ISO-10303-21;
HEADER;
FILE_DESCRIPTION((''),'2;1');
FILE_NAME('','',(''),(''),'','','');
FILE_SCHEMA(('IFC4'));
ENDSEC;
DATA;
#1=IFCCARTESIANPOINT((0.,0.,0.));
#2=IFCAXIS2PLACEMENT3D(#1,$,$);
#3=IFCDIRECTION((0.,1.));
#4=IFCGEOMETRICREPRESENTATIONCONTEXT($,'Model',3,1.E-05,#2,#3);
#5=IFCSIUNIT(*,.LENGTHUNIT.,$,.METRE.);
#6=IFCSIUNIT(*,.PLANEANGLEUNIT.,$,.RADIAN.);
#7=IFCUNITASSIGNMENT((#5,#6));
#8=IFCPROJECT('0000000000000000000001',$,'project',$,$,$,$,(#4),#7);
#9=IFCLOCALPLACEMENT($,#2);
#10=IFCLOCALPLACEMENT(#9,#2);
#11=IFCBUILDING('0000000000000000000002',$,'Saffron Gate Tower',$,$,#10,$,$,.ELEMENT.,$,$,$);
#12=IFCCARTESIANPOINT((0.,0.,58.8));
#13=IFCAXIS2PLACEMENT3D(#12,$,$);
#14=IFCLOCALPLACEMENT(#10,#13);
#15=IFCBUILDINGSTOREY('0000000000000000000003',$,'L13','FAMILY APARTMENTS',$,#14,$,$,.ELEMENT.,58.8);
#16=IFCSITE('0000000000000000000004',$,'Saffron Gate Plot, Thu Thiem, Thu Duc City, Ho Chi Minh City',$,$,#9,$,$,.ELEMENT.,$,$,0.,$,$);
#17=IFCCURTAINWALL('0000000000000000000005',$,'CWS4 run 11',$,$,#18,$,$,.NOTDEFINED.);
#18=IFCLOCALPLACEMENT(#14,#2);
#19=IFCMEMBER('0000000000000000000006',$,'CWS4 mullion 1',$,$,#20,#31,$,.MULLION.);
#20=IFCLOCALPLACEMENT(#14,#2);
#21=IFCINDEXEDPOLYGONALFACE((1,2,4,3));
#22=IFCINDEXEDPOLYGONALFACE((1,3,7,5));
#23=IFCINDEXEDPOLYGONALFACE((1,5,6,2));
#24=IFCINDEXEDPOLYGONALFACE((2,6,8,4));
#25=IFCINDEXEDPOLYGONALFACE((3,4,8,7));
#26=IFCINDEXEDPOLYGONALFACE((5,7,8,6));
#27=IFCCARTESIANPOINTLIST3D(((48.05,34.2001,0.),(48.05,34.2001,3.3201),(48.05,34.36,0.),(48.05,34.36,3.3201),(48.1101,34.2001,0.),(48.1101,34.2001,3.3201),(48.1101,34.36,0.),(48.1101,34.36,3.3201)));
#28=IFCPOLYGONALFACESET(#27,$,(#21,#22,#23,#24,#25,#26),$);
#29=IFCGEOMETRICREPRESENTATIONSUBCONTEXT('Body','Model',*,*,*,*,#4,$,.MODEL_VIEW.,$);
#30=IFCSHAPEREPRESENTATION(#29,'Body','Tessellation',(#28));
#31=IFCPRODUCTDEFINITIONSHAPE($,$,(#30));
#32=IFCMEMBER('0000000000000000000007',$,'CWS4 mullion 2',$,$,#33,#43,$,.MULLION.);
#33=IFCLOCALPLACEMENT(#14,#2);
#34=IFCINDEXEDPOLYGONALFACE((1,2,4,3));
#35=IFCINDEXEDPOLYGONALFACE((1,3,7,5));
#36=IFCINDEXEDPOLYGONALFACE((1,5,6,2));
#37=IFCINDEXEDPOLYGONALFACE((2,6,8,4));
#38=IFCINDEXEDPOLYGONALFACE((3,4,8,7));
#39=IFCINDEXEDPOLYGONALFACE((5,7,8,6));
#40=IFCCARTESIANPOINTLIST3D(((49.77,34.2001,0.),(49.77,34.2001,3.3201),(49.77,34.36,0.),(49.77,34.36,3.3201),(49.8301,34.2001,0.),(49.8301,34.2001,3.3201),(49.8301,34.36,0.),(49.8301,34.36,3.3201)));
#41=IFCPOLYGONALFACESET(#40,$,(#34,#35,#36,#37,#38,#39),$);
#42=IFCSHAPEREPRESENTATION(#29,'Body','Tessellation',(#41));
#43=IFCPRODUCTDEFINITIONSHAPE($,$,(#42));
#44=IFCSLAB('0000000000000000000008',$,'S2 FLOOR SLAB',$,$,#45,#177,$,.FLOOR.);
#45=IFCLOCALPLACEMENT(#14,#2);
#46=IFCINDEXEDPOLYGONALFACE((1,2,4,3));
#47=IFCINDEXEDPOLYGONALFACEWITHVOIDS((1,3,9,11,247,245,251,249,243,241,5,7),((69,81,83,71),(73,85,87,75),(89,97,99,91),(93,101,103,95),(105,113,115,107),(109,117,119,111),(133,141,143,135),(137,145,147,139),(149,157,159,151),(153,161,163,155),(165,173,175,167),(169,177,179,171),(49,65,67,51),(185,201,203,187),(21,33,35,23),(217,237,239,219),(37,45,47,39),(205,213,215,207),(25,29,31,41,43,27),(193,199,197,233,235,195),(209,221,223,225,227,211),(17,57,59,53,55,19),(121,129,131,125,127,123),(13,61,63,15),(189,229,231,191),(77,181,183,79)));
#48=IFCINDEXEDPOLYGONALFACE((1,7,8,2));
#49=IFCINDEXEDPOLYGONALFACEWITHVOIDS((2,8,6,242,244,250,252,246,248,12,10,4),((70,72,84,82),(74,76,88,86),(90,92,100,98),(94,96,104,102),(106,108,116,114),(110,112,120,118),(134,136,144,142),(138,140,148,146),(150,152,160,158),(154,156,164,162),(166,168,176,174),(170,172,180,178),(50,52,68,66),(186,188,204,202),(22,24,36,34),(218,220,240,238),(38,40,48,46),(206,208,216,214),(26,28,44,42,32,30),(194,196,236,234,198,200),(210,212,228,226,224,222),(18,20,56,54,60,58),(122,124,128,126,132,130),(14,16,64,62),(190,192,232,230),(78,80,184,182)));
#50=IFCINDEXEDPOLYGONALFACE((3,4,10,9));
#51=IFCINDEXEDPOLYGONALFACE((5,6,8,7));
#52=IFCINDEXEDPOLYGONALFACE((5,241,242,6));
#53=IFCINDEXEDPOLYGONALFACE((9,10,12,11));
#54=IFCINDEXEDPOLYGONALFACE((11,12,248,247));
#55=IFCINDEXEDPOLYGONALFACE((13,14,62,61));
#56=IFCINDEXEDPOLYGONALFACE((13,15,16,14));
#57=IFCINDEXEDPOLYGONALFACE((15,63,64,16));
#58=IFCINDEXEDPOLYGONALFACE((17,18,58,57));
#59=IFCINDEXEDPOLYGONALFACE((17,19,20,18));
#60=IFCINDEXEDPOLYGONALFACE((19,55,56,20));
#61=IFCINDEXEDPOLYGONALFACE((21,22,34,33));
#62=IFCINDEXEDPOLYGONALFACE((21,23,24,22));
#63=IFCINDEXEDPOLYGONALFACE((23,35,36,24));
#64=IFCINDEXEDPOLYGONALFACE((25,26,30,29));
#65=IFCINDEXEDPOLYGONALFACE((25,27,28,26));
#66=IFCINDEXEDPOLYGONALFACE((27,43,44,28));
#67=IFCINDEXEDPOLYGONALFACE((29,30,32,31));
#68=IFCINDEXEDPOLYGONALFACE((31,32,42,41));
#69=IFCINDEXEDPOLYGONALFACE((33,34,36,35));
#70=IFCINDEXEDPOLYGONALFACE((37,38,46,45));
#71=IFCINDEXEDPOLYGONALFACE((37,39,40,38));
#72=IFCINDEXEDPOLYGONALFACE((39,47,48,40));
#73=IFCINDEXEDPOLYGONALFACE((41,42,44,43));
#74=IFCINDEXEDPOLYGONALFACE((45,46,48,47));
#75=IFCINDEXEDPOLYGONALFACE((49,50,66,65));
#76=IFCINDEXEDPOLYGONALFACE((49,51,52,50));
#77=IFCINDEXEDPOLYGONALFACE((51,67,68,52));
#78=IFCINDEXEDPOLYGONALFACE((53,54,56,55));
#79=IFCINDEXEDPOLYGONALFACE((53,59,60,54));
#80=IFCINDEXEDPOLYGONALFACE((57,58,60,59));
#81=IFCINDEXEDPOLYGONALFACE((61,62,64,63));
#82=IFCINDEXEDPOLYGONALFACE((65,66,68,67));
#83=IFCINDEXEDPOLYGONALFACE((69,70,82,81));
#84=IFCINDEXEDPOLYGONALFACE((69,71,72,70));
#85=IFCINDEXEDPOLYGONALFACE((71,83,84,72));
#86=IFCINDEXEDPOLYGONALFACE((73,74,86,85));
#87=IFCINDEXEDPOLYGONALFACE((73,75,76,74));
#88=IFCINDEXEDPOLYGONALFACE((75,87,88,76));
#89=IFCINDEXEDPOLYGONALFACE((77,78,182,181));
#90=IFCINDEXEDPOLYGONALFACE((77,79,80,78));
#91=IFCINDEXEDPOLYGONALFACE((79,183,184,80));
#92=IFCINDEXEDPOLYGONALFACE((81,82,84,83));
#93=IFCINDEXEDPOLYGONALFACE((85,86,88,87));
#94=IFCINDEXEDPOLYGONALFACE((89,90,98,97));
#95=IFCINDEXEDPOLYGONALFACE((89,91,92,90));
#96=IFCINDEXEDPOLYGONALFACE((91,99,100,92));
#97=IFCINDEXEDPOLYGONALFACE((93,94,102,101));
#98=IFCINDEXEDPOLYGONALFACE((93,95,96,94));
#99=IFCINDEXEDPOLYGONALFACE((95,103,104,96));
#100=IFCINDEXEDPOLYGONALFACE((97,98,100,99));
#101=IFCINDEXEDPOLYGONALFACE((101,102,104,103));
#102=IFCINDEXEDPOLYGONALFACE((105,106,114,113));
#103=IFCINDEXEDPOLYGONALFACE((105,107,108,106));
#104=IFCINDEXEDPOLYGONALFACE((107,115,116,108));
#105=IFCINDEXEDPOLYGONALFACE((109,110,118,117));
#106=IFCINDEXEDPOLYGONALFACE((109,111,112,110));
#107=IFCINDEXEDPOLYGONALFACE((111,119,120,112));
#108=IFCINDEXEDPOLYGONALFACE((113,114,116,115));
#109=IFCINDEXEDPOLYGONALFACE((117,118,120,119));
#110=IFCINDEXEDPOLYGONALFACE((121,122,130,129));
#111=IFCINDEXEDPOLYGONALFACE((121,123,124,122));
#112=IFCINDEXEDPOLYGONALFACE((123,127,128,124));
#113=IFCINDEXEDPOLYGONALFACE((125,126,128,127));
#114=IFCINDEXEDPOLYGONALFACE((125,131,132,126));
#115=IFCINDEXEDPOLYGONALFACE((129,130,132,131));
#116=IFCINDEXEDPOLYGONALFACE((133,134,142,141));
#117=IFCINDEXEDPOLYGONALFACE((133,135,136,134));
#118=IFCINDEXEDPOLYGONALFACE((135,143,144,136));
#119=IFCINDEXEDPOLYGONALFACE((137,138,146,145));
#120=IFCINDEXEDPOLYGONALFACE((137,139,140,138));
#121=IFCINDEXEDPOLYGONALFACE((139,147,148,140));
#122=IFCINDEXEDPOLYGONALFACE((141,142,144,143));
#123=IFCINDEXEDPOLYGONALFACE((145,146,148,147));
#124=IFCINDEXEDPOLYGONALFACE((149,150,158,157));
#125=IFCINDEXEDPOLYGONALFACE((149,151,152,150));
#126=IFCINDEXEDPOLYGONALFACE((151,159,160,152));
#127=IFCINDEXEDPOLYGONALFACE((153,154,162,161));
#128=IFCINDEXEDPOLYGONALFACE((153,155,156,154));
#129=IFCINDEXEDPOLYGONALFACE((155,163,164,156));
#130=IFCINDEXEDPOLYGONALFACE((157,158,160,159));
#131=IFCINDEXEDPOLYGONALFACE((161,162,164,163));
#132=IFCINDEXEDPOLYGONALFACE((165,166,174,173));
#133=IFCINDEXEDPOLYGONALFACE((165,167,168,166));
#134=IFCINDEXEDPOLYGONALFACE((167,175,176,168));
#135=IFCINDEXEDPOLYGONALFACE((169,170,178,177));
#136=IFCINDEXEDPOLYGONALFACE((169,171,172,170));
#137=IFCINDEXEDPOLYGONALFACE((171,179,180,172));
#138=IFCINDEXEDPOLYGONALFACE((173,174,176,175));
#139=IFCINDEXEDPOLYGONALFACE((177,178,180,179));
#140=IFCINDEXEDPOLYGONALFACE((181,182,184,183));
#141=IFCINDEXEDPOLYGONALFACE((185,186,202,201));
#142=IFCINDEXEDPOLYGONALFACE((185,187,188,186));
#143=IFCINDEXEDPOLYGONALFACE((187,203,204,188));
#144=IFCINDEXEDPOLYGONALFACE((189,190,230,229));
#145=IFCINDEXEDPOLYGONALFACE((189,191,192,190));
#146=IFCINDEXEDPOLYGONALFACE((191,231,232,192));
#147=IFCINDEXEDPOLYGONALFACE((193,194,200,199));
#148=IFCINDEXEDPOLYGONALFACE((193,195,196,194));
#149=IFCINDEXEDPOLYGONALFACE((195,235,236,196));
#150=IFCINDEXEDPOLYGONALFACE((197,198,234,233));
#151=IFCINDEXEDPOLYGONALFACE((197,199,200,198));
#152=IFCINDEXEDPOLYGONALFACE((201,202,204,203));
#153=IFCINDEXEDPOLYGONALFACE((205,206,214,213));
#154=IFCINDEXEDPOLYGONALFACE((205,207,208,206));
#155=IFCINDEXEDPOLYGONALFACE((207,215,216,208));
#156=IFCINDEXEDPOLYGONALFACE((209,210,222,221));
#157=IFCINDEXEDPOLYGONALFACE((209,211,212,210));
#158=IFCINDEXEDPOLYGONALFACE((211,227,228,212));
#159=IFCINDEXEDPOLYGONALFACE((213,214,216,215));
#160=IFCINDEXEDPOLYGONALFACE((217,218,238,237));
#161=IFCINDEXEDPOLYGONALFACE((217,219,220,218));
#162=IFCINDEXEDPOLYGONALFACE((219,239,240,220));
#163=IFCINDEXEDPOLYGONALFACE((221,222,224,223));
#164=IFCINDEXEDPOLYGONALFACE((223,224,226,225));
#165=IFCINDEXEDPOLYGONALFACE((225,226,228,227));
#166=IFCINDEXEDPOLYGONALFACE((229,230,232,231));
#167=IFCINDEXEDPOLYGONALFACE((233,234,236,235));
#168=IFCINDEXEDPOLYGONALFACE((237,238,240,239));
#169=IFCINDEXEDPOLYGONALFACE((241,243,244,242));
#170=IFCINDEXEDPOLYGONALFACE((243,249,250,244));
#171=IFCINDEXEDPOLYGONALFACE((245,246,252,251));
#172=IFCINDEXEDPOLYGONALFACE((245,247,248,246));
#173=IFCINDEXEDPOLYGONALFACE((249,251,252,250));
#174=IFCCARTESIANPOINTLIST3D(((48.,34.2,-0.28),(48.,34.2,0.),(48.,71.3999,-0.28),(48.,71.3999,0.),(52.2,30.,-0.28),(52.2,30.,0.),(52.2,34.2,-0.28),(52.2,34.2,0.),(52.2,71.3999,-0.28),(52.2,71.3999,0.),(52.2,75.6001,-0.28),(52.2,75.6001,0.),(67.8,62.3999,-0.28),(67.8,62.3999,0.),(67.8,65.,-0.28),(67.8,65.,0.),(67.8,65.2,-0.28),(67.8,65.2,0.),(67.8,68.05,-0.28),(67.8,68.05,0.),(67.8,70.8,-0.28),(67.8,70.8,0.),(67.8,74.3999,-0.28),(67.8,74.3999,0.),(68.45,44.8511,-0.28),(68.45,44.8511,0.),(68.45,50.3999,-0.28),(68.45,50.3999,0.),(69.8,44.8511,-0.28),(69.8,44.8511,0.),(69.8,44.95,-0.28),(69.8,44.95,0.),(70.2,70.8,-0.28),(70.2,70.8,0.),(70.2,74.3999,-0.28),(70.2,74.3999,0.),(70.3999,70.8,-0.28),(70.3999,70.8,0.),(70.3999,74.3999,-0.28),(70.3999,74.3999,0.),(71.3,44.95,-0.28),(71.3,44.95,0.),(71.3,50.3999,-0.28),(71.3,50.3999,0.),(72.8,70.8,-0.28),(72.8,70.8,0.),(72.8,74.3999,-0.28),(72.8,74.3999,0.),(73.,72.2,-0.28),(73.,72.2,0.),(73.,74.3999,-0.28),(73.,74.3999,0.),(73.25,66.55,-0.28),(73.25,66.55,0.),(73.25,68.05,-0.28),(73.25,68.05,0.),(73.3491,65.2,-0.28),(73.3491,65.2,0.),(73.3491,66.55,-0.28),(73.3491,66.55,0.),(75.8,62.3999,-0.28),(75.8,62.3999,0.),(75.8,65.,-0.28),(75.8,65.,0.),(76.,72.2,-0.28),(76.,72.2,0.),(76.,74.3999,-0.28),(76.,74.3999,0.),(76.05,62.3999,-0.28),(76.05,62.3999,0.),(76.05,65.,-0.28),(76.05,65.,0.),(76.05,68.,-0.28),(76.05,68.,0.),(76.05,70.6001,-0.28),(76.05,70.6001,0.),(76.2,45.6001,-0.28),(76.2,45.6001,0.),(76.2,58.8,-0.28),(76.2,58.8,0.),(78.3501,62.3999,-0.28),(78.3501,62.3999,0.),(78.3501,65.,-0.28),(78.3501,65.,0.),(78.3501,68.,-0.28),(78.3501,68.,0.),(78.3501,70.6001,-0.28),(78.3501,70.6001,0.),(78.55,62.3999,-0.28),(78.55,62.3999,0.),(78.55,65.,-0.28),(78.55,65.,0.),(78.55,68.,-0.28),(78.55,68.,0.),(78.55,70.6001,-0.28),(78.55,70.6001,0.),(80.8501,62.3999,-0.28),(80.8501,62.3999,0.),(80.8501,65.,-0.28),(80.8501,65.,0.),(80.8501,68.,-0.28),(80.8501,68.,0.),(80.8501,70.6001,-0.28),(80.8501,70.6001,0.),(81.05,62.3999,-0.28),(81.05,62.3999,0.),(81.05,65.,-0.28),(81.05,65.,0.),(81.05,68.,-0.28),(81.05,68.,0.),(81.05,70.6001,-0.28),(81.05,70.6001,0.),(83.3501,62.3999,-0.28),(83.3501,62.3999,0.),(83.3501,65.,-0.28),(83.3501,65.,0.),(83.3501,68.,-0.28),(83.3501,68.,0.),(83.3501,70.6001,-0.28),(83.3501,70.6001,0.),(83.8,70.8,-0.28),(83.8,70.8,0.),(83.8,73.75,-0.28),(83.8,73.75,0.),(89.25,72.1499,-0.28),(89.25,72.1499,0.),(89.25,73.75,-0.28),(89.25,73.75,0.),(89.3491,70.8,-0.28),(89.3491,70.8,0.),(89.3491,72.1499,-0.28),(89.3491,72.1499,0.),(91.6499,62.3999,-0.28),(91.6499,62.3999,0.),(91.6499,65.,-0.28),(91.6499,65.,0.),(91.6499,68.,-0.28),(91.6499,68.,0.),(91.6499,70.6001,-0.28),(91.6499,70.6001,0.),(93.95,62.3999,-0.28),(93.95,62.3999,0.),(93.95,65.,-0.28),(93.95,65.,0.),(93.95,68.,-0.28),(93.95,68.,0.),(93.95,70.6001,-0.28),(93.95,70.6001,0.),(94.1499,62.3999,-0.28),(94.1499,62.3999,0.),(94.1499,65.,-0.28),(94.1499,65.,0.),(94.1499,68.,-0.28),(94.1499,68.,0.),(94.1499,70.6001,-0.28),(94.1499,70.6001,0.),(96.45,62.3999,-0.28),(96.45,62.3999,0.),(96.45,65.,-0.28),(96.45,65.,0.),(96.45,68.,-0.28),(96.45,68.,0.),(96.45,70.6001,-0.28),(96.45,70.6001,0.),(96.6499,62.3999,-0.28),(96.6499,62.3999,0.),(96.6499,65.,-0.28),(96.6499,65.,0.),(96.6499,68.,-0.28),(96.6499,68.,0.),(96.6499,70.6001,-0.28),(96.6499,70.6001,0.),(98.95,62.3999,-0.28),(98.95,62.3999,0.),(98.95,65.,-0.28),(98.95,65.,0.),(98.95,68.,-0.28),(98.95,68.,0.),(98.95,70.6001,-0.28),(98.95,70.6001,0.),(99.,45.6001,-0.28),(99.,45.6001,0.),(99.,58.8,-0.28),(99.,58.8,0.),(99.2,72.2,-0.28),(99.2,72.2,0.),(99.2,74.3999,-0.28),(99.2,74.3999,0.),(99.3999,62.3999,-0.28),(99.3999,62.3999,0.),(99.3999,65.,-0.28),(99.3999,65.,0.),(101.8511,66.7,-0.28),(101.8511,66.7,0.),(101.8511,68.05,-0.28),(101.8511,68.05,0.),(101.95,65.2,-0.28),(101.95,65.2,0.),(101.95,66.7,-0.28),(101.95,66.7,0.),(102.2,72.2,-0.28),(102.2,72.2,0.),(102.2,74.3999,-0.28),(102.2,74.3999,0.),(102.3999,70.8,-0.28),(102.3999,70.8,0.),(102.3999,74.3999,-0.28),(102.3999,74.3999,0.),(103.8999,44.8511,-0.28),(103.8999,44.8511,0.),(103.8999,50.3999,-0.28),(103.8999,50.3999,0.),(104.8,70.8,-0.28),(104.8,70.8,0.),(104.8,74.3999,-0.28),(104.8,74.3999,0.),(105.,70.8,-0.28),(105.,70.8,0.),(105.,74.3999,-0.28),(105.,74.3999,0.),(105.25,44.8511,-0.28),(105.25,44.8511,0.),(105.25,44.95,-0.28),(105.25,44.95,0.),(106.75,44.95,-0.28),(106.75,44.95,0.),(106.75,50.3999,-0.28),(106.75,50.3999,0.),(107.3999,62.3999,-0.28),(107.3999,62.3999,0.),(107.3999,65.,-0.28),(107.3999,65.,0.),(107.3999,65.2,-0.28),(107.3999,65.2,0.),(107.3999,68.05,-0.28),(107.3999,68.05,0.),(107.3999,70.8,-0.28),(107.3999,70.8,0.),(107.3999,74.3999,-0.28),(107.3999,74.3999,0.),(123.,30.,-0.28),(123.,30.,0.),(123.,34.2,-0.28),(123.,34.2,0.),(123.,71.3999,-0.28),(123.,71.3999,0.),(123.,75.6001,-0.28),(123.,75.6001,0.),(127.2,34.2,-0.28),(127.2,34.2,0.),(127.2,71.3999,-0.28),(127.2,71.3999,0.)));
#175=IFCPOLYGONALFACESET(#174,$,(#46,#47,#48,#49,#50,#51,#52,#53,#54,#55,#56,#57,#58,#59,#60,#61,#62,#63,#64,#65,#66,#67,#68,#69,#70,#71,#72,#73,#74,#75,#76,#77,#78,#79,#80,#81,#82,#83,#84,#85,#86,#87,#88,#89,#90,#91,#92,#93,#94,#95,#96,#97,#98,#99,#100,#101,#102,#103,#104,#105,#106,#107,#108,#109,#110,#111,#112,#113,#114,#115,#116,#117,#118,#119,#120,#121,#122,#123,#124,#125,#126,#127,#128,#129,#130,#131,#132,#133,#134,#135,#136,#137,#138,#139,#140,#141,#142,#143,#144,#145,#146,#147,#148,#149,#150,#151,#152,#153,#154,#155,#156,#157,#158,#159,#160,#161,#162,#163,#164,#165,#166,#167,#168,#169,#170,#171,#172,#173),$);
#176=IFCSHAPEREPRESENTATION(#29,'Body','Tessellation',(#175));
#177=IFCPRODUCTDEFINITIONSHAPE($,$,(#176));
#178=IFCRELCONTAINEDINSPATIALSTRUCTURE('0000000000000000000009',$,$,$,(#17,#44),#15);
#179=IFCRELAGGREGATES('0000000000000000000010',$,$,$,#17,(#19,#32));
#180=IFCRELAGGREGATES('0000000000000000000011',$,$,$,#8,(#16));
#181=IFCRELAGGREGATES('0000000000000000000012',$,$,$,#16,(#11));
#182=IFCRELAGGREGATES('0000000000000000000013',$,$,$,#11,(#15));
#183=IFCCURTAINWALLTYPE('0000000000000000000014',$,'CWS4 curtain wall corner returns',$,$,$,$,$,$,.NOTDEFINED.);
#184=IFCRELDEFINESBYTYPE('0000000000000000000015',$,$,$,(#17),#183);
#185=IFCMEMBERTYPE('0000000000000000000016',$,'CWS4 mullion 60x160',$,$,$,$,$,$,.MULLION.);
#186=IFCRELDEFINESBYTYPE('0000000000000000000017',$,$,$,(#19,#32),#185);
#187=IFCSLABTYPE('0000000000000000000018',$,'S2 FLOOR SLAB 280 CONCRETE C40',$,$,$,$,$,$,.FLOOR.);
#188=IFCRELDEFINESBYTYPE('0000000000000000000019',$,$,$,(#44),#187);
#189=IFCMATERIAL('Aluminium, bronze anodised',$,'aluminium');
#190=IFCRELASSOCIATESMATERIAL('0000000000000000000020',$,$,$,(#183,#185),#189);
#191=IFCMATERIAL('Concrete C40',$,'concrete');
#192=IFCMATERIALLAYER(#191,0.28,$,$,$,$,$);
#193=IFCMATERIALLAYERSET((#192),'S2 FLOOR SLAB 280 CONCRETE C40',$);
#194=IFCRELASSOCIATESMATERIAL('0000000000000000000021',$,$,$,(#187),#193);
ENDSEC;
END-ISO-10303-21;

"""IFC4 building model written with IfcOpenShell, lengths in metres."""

from ifc_helpers import new_model, si_unit, direction, frame, origin, origin_2d, place, context, subcontext, project, spatial, polyline, rectangle, outline, extrude, material, layer, layer_set, material_profile, profile_set, type_object, element, aggregate, save


model = new_model("IFC4")

# Units and contexts
model_context = context("Model", 3, precision=1e-05, world=origin(), true_north=direction((0.0, 1.0)))
body_context = subcontext(model_context, "Body", "Model", "MODEL_VIEW")
ifc_project = project(units=[si_unit("LENGTHUNIT", "METRE"), si_unit("PLANEANGLEUNIT", "RADIAN")], contexts=[model_context])

# Site, building, storey
site_placement = place(None, origin())
site = spatial("IfcSite", under=ifc_project, at=site_placement, Name="Saffron Gate Plot, Thu Thiem, Thu Duc City, Ho Chi Minh City", CompositionType="ELEMENT", RefElevation=0.0)
building_placement = place(site_placement, origin())
building = spatial("IfcBuilding", under=site, at=building_placement, Name="Saffron Gate Tower", CompositionType="ELEMENT")
storey_placement = place(building_placement, frame((0.0, 0.0, 58.8)))
storey = spatial("IfcBuildingStorey", under=building, at=storey_placement, Name="L13", Description="FAMILY APARTMENTS", CompositionType="ELEMENT", Elevation=58.8)

# Curtain wall, members
ifc_material_1 = material(Name="Aluminium, bronze anodised", Category="aluminium")
curtain_wall_type = type_object("IfcCurtainWallType", Name="CWS4 curtain wall corner returns", PredefinedType="NOTDEFINED", material=ifc_material_1)
curtain_wall_placement = place(storey_placement, origin())
curtain_wall = element("IfcCurtainWall", 1, at=curtain_wall_placement, inside=storey, type_object=curtain_wall_type, Name="CWS4 run 11", PredefinedType="NOTDEFINED")
ifc_material_profile = material_profile(ifc_material_1, rectangle(XDim=0.1599, YDim=0.0601, at=origin_2d()))
ifc_profile_set = profile_set([ifc_material_profile], Name="Aluminium, bronze anodised")
member_type = type_object("IfcMemberType", Name="CWS4 mullion 60x160", PredefinedType="MULLION", material=ifc_profile_set)
member_1_placement = place(storey_placement, frame((48.0801, 34.28, 0.0), z_axis=(0.0, 0.0, 1.0), x_axis=(0.0, 1.0, 0.0)))
member_1 = element("IfcMember", 2, at=member_1_placement, type_object=member_type, Name="CWS4 mullion 1", PredefinedType="MULLION", context=body_context, shape_type="SweptSolid", body=[
    extrude(rectangle(XDim=0.1599, YDim=0.0601, at=origin_2d()), origin(), (0.0, 0.0, 1.0), 3.3201),
])
member_2_placement = place(storey_placement, frame((49.8, 34.28, 0.0), z_axis=(0.0, 0.0, 1.0), x_axis=(0.0, 1.0, 0.0)))
member_2 = element("IfcMember", 3, at=member_2_placement, type_object=member_type, Name="CWS4 mullion 2", PredefinedType="MULLION", context=body_context, shape_type="SweptSolid", body=[
    extrude(rectangle(XDim=0.1599, YDim=0.0601, at=origin_2d()), origin(), (0.0, 0.0, 1.0), 3.3201),
])
aggregate(curtain_wall, [member_1, member_2])

# Slab
ifc_material_2 = material(Name="Concrete C40", Category="concrete")
ifc_layer_1 = layer(ifc_material_2, 0.28)
ifc_layer_set_1 = layer_set([ifc_layer_1], Name="S2 FLOOR SLAB 280 CONCRETE C40")
slab_type_1 = type_object("IfcSlabType", Name="S2 FLOOR SLAB 280 CONCRETE C40", PredefinedType="FLOOR", material=ifc_layer_set_1)
slab_1_placement = place(storey_placement, frame((0.0, 0.0, -0.28)))
element("IfcSlab", 4, at=slab_1_placement, inside=storey, type_object=slab_type_1, Name="S2 FLOOR SLAB", PredefinedType="FLOOR", context=body_context, shape_type="SweptSolid", body=[
    extrude(outline(polyline([(48.0, 34.2), (52.2, 34.2), (52.2, 30.0), (123.0, 30.0), (123.0, 34.2), (127.2, 34.2), (127.2, 71.3999), (123.0, 71.3999), (123.0, 75.6001), (52.2, 75.6001), (52.2, 71.3999), (48.0, 71.3999), (48.0, 34.2)]), holes=[polyline([(67.8, 62.3999), (67.8, 65.0), (75.8, 65.0), (75.8, 62.3999), (67.8, 62.3999)]), polyline([(67.8, 65.2), (67.8, 68.05), (73.25, 68.05), (73.25, 66.55), (73.3491, 66.55), (73.3491, 65.2), (67.8, 65.2)]), polyline([(67.8, 70.8), (67.8, 74.3999), (70.2, 74.3999), (70.2, 70.8), (67.8, 70.8)]), polyline([(68.45, 44.8511), (68.45, 50.3999), (71.3, 50.3999), (71.3, 44.95), (69.8, 44.95), (69.8, 44.8511), (68.45, 44.8511)]), polyline([(70.3999, 70.8), (70.3999, 74.3999), (72.8, 74.3999), (72.8, 70.8), (70.3999, 70.8)]), polyline([(73.0, 72.2), (73.0, 74.3999), (76.0, 74.3999), (76.0, 72.2), (73.0, 72.2)]), polyline([(76.05, 62.3999), (76.05, 65.0), (78.3501, 65.0), (78.3501, 62.3999), (76.05, 62.3999)]), polyline([(76.05, 68.0), (76.05, 70.6001), (78.3501, 70.6001), (78.3501, 68.0), (76.05, 68.0)]), polyline([(76.2, 45.6001), (76.2, 58.8), (99.0, 58.8), (99.0, 45.6001), (76.2, 45.6001)]), polyline([(78.55, 62.3999), (78.55, 65.0), (80.8501, 65.0), (80.8501, 62.3999), (78.55, 62.3999)]), polyline([(78.55, 68.0), (78.55, 70.6001), (80.8501, 70.6001), (80.8501, 68.0), (78.55, 68.0)]), polyline([(81.05, 62.3999), (81.05, 65.0), (83.3501, 65.0), (83.3501, 62.3999), (81.05, 62.3999)]), polyline([(81.05, 68.0), (81.05, 70.6001), (83.3501, 70.6001), (83.3501, 68.0), (81.05, 68.0)]), polyline([(83.8, 70.8), (83.8, 73.75), (89.25, 73.75), (89.25, 72.1499), (89.3491, 72.1499), (89.3491, 70.8), (83.8, 70.8)]), polyline([(91.6499, 62.3999), (91.6499, 65.0), (93.95, 65.0), (93.95, 62.3999), (91.6499, 62.3999)]), polyline([(91.6499, 68.0), (91.6499, 70.6001), (93.95, 70.6001), (93.95, 68.0), (91.6499, 68.0)]), polyline([(94.1499, 62.3999), (94.1499, 65.0), (96.45, 65.0), (96.45, 62.3999), (94.1499, 62.3999)]), polyline([(94.1499, 68.0), (94.1499, 70.6001), (96.45, 70.6001), (96.45, 68.0), (94.1499, 68.0)]), polyline([(96.6499, 62.3999), (96.6499, 65.0), (98.95, 65.0), (98.95, 62.3999), (96.6499, 62.3999)]), polyline([(96.6499, 68.0), (96.6499, 70.6001), (98.95, 70.6001), (98.95, 68.0), (96.6499, 68.0)]), polyline([(99.2, 72.2), (99.2, 74.3999), (102.2, 74.3999), (102.2, 72.2), (99.2, 72.2)]), polyline([(99.3999, 62.3999), (99.3999, 65.0), (107.3999, 65.0), (107.3999, 62.3999), (99.3999, 62.3999)]), polyline([(101.8511, 66.7), (101.8511, 68.05), (107.3999, 68.05), (107.3999, 65.2), (101.95, 65.2), (101.95, 66.7), (101.8511, 66.7)]), polyline([(102.3999, 70.8), (102.3999, 74.3999), (104.8, 74.3999), (104.8, 70.8), (102.3999, 70.8)]), polyline([(103.8999, 44.8511), (103.8999, 50.3999), (106.75, 50.3999), (106.75, 44.95), (105.25, 44.95), (105.25, 44.8511), (103.8999, 44.8511)]), polyline([(105.0, 70.8), (105.0, 74.3999), (107.3999, 74.3999), (107.3999, 70.8), (105.0, 70.8)])]), origin(), (0.0, 0.0, 1.0), 0.28),
])

save(model, "model.ifc")
